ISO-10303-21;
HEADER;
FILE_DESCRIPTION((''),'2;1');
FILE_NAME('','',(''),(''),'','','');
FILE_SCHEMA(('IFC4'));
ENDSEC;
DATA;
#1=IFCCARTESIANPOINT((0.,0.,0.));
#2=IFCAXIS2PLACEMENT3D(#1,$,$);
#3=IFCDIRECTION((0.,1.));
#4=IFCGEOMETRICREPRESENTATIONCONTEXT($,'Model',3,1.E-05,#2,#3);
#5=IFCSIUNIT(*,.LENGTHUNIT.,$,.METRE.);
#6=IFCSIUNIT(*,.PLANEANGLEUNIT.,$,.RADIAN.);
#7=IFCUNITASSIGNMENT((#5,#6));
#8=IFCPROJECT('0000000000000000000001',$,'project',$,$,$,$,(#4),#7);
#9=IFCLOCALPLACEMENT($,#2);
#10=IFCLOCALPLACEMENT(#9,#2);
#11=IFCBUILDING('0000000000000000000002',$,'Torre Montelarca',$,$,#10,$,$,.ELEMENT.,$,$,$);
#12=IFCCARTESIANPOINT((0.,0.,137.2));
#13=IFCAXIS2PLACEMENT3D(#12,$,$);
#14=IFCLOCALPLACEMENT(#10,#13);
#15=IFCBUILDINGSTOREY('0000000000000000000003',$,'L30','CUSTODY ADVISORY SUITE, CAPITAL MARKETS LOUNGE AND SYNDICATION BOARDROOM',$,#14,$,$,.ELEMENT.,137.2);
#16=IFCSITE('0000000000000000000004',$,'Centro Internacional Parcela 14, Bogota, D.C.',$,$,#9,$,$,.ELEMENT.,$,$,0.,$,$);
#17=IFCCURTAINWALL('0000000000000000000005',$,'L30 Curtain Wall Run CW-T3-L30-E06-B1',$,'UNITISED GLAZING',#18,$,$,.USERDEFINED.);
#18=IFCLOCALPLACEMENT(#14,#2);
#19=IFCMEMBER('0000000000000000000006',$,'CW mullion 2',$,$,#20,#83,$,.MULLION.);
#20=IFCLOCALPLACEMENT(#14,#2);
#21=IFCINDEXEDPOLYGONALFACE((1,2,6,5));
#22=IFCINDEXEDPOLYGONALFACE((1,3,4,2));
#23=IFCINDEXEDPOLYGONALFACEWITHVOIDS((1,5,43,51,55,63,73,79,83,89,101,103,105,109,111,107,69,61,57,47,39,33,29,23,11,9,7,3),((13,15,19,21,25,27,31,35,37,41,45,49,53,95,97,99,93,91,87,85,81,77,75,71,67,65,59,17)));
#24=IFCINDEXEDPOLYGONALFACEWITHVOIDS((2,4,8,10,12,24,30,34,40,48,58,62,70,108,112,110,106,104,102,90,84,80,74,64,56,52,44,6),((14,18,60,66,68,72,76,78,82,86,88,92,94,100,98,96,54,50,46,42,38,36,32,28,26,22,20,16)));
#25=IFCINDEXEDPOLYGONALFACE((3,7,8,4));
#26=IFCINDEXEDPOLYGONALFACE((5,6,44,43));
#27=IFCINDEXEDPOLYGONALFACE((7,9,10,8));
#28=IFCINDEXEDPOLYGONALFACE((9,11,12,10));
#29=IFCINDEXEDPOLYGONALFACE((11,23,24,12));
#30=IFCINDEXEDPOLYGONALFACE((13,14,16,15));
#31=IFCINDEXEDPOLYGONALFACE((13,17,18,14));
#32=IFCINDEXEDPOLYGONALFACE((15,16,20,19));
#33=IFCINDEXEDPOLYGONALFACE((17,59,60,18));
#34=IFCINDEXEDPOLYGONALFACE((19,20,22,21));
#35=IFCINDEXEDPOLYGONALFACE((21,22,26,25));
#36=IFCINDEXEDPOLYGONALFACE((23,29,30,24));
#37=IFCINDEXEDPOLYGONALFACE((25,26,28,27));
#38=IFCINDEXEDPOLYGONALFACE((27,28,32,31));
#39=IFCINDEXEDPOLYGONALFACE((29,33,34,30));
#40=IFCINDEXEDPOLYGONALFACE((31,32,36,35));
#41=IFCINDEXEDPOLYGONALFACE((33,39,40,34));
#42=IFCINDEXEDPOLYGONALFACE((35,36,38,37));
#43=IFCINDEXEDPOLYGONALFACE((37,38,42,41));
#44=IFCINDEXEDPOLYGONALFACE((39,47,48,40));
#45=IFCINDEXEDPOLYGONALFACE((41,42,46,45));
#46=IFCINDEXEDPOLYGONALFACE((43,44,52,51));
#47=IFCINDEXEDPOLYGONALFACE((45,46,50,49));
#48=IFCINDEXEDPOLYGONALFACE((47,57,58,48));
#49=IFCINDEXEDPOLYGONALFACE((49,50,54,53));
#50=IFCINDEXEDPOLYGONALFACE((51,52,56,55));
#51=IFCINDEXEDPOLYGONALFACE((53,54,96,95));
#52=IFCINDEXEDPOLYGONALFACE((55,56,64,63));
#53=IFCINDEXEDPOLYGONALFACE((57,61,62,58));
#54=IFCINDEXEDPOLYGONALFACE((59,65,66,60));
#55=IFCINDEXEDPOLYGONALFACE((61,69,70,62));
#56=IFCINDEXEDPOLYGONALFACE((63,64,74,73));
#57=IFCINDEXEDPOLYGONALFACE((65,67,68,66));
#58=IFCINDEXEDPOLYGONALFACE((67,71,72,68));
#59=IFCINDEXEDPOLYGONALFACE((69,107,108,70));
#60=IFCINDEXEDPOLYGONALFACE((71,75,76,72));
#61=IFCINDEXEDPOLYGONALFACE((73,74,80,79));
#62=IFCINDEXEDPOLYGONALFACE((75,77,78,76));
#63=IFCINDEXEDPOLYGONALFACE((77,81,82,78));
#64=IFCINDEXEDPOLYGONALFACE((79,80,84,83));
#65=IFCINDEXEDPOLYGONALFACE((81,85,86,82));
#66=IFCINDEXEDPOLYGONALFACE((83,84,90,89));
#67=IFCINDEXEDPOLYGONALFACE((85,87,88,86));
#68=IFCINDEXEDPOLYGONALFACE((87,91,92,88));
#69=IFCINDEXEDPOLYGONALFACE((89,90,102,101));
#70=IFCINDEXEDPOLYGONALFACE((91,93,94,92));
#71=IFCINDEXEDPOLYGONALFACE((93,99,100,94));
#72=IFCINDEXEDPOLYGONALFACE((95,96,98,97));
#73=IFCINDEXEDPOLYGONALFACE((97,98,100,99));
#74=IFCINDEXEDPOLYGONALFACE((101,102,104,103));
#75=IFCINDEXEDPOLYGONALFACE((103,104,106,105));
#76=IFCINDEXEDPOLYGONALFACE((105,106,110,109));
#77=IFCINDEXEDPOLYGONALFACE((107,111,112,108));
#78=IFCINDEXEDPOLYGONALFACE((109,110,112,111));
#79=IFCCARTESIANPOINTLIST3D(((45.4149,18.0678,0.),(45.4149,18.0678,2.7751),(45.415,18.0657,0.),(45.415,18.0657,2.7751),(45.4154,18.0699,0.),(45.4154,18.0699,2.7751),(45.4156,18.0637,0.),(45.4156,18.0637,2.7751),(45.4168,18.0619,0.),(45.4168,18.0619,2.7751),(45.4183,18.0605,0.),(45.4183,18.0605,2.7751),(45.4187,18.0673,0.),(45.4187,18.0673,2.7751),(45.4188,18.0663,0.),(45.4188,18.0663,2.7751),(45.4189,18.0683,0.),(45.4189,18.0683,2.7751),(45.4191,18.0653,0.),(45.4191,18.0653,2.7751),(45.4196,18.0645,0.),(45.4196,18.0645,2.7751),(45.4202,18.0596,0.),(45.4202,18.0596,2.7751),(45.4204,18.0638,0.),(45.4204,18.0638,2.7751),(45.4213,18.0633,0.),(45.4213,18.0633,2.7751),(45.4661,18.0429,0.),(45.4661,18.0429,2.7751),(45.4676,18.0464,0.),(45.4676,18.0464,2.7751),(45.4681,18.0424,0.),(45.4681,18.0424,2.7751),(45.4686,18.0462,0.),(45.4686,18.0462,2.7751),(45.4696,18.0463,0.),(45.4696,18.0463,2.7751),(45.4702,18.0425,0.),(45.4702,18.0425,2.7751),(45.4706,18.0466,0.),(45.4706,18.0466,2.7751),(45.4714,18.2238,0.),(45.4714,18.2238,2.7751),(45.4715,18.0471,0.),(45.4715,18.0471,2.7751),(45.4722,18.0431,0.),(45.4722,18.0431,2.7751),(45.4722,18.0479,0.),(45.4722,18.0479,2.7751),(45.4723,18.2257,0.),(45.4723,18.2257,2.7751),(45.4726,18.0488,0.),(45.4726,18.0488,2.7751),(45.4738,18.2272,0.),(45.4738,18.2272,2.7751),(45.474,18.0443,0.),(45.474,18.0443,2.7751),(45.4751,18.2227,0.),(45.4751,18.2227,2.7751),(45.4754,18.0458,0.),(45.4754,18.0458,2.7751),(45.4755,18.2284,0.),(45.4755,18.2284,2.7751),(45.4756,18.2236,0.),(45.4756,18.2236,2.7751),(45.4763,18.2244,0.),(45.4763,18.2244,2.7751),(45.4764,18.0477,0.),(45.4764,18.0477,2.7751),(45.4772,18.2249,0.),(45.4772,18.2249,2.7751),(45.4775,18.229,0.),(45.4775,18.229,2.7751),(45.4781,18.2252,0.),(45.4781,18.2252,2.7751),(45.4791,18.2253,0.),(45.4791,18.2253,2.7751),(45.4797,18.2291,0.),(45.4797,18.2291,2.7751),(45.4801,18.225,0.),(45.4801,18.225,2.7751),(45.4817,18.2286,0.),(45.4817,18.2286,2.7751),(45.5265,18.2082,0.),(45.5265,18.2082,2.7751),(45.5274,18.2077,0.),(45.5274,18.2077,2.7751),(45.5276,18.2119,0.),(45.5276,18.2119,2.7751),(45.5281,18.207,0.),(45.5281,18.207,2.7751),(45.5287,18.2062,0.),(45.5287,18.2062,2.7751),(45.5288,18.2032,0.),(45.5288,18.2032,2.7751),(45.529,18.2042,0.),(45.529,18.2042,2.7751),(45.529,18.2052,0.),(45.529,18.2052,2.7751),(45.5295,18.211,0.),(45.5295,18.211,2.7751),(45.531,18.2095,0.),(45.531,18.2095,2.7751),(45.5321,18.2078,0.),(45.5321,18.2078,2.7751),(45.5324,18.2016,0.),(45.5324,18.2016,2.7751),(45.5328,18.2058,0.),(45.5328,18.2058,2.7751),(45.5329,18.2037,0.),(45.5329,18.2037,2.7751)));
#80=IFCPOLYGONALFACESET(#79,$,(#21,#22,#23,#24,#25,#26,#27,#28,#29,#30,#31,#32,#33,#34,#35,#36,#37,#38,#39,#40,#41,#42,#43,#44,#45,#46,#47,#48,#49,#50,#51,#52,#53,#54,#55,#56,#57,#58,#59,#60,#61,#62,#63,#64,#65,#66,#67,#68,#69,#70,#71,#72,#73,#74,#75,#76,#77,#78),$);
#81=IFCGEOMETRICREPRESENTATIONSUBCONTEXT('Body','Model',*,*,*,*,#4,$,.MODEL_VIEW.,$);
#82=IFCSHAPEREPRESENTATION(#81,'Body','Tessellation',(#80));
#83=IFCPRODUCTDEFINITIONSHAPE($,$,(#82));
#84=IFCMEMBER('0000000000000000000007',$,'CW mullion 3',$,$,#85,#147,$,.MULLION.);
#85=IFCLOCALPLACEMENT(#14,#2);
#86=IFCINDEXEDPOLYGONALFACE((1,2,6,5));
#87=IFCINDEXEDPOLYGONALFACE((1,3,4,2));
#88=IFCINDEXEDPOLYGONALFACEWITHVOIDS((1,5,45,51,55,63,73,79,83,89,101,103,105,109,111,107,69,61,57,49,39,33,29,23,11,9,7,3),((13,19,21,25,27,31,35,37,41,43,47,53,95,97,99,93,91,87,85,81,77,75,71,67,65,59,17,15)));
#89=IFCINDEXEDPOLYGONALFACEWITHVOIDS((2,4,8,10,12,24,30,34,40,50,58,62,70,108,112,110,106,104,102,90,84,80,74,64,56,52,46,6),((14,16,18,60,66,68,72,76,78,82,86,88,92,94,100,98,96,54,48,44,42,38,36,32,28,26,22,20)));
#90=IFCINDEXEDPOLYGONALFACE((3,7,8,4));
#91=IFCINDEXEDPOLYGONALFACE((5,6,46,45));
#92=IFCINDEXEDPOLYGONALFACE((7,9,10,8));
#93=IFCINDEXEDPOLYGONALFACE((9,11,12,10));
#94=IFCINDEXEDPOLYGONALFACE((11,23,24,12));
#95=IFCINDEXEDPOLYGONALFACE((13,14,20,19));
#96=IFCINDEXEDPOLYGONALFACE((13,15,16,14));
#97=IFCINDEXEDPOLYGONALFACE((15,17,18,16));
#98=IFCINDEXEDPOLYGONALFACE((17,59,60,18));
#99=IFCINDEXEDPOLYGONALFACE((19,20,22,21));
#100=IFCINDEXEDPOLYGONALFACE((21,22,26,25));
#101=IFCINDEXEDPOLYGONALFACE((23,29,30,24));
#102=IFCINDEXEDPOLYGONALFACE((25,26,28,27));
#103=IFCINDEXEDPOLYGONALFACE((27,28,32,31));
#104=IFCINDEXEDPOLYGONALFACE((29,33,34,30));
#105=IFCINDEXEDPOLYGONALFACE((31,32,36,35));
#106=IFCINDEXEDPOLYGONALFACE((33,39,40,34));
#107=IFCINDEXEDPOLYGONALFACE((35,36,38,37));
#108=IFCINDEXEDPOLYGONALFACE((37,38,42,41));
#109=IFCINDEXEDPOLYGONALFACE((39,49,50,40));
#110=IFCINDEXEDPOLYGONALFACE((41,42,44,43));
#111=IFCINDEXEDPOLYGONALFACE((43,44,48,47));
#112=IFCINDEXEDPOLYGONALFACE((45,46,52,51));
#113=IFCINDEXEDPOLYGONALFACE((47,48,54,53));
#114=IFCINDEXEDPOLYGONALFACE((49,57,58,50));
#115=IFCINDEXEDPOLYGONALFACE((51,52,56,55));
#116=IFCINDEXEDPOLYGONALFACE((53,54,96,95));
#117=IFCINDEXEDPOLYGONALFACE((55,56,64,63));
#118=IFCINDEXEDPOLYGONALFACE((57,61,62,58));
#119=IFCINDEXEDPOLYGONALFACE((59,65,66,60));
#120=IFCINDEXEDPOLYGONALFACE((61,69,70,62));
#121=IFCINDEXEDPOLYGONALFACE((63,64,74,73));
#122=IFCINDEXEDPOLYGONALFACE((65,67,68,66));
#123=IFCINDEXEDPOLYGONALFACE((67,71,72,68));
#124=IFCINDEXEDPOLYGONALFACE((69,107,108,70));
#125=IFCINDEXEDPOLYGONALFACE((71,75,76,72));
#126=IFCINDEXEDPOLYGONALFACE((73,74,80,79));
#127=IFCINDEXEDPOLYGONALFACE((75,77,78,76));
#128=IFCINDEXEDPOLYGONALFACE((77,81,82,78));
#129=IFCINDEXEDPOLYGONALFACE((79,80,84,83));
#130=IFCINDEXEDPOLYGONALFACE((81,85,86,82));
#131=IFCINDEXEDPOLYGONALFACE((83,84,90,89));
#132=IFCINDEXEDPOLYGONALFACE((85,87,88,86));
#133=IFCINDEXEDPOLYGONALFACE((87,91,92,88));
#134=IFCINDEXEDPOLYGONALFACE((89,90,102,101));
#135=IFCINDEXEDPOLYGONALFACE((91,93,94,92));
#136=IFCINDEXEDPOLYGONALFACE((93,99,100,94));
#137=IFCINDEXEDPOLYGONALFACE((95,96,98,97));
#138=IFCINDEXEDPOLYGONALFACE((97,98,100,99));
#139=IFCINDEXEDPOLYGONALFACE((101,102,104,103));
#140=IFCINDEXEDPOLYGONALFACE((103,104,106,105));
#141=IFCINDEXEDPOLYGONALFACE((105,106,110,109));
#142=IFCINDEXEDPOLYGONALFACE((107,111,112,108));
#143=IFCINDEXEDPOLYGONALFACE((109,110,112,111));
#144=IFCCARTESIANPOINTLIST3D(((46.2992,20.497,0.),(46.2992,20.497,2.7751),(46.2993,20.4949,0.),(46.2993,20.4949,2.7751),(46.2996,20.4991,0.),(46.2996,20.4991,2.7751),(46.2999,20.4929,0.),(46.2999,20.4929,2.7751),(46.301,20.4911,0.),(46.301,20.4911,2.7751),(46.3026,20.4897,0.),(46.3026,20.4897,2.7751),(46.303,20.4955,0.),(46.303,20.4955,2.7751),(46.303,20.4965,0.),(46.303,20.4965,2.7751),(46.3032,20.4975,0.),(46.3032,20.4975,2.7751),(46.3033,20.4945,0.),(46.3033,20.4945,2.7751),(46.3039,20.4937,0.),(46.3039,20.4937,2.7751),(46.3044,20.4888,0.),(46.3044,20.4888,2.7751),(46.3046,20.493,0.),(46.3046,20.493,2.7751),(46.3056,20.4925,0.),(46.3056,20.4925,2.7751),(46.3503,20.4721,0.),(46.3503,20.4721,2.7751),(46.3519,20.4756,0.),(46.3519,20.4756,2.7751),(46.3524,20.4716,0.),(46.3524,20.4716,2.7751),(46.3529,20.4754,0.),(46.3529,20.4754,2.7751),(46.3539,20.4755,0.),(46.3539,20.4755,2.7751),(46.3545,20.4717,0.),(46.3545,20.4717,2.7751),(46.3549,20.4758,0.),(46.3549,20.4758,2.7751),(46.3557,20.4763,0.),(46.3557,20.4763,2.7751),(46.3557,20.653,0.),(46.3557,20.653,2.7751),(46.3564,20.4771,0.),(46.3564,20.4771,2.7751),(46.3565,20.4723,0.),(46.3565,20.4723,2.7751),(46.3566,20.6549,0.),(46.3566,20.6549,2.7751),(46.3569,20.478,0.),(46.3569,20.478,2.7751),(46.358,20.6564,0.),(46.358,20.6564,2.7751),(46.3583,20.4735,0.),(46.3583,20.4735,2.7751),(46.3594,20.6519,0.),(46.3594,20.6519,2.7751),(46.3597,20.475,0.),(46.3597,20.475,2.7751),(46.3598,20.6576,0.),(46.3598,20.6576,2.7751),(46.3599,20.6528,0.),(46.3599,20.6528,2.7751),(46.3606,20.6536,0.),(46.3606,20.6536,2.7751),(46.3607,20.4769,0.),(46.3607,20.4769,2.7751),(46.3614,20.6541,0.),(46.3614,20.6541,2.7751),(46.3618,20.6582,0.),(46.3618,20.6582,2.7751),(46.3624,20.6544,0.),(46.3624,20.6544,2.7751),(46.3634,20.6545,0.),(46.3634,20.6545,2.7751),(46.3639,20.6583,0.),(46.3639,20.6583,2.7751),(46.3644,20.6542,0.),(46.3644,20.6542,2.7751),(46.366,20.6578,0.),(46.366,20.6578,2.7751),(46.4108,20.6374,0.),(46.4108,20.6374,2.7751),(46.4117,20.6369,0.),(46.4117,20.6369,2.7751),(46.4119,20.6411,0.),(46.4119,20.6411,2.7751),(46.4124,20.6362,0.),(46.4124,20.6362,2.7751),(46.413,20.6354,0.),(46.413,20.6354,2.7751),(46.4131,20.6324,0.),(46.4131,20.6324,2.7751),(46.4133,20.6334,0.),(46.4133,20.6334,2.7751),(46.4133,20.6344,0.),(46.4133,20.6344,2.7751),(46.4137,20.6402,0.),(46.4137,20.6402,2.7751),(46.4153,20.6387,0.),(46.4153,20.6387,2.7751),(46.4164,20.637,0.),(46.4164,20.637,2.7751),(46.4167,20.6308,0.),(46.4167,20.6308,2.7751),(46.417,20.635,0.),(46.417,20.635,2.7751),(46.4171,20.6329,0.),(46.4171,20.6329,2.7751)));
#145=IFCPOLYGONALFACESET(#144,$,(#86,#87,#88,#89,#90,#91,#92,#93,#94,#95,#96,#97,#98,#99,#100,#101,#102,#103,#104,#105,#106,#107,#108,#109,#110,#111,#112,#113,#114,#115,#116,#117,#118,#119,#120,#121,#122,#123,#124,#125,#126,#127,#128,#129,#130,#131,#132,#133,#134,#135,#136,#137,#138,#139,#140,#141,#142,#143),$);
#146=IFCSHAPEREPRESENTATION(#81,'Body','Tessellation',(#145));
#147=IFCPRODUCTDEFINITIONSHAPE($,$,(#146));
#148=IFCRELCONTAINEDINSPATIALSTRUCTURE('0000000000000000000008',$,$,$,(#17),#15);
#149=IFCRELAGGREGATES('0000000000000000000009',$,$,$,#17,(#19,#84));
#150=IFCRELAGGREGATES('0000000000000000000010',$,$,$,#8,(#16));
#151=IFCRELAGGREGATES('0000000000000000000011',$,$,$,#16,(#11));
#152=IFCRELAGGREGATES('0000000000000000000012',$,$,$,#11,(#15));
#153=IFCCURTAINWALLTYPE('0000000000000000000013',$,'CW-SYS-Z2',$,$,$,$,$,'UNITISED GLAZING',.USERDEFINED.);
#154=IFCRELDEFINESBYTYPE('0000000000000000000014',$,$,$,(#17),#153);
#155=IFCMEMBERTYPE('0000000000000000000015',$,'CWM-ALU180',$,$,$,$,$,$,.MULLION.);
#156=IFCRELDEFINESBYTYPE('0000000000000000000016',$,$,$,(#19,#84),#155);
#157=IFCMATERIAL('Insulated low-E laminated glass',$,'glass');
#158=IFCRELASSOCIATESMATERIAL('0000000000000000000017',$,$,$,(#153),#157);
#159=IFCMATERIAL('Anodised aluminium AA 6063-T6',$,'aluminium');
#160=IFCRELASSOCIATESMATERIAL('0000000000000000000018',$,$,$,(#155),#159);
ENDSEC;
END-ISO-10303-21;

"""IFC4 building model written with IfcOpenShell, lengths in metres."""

from ifc_helpers import new_model, si_unit, direction, frame, origin, origin_2d, place, context, subcontext, project, spatial, hollow_rectangle, extrude, source, transform, mapped, material, material_profile, profile_set, type_object, element, aggregate, save


model = new_model("IFC4")

# Units and contexts
model_context = context("Model", 3, precision=1e-05, world=origin(), true_north=direction((0.0, 1.0)))
body_context = subcontext(model_context, "Body", "Model", "MODEL_VIEW")
ifc_project = project(units=[si_unit("LENGTHUNIT", "METRE"), si_unit("PLANEANGLEUNIT", "RADIAN")], contexts=[model_context])

# Site, building, storey
site_placement = place(None, origin())
site = spatial("IfcSite", under=ifc_project, at=site_placement, Name="Centro Internacional Parcela 14, Bogota, D.C.", CompositionType="ELEMENT", RefElevation=0.0)
building_placement = place(site_placement, origin())
building = spatial("IfcBuilding", under=site, at=building_placement, Name="Torre Montelarca", CompositionType="ELEMENT")
storey_placement = place(building_placement, frame((0.0, 0.0, 137.2)))
storey = spatial("IfcBuildingStorey", under=building, at=storey_placement, Name="L30", Description="CUSTODY ADVISORY SUITE, CAPITAL MARKETS LOUNGE AND SYNDICATION BOARDROOM", CompositionType="ELEMENT", Elevation=137.2)

# Curtain wall, members
ifc_material_1 = material(Name="Insulated low-E laminated glass", Category="glass")
curtain_wall_type = type_object("IfcCurtainWallType", Name="CW-SYS-Z2", ElementType="UNITISED GLAZING", PredefinedType="USERDEFINED", material=ifc_material_1)
ifc_material_2 = material(Name="Anodised aluminium AA 6063-T6", Category="aluminium")
ifc_material_profile_1 = material_profile(ifc_material_2, hollow_rectangle(XDim=0.0649, YDim=0.1799, WallThickness=0.0039, InnerFilletRadius=0.0039, OuterFilletRadius=0.0081, at=origin_2d()), Name="ALU65X180X4", Category="aluminium")
ifc_profile_set_1 = profile_set([ifc_material_profile_1], Name="Anodised aluminium AA 6063-T6")
member_type_1 = type_object("IfcMemberType", Name="CWM-ALU180", PredefinedType="MULLION", material=ifc_profile_set_1)
shared_shape_1 = source(origin(), body_context, "Body", "SweptSolid", [
    extrude(hollow_rectangle(XDim=0.0649, YDim=0.1799, WallThickness=0.0039, InnerFilletRadius=0.0039, OuterFilletRadius=0.0081, at=origin_2d()), origin(), (0.0, 0.0, 1.0), 2.7751),
])
curtain_wall_1_placement = place(storey_placement, origin())
curtain_wall_1 = element("IfcCurtainWall", 1, at=curtain_wall_1_placement, inside=storey, type_object=curtain_wall_type, Name="L30 Curtain Wall Run CW-T3-L30-E06-B1", ObjectType="UNITISED GLAZING", PredefinedType="USERDEFINED")
member_1_placement = place(storey_placement, frame((45.4739, 18.1357, 0.0), z_axis=(0.0, 0.0, 1.0), x_axis=(-0.939698, 0.342005, 0.0)))
member_1 = element("IfcMember", 2, at=member_1_placement, type_object=member_type_1, Name="CW mullion 2", PredefinedType="MULLION", context=body_context, shape_type="MappedRepresentation", body=[
    mapped(shared_shape_1, transform((0.0, 0.0, 0.0), scale=1.0)),
])
member_2_placement = place(storey_placement, frame((46.3582, 20.5649, 0.0), z_axis=(0.0, 0.0, 1.0), x_axis=(-0.939698, 0.342005, 0.0)))
member_2 = element("IfcMember", 3, at=member_2_placement, type_object=member_type_1, Name="CW mullion 3", PredefinedType="MULLION", context=body_context, shape_type="MappedRepresentation", body=[
    mapped(shared_shape_1, transform((0.0, 0.0, 0.0), scale=1.0)),
])

aggregate(curtain_wall_1, [member_1, member_2])

save(model, "model.ifc")
